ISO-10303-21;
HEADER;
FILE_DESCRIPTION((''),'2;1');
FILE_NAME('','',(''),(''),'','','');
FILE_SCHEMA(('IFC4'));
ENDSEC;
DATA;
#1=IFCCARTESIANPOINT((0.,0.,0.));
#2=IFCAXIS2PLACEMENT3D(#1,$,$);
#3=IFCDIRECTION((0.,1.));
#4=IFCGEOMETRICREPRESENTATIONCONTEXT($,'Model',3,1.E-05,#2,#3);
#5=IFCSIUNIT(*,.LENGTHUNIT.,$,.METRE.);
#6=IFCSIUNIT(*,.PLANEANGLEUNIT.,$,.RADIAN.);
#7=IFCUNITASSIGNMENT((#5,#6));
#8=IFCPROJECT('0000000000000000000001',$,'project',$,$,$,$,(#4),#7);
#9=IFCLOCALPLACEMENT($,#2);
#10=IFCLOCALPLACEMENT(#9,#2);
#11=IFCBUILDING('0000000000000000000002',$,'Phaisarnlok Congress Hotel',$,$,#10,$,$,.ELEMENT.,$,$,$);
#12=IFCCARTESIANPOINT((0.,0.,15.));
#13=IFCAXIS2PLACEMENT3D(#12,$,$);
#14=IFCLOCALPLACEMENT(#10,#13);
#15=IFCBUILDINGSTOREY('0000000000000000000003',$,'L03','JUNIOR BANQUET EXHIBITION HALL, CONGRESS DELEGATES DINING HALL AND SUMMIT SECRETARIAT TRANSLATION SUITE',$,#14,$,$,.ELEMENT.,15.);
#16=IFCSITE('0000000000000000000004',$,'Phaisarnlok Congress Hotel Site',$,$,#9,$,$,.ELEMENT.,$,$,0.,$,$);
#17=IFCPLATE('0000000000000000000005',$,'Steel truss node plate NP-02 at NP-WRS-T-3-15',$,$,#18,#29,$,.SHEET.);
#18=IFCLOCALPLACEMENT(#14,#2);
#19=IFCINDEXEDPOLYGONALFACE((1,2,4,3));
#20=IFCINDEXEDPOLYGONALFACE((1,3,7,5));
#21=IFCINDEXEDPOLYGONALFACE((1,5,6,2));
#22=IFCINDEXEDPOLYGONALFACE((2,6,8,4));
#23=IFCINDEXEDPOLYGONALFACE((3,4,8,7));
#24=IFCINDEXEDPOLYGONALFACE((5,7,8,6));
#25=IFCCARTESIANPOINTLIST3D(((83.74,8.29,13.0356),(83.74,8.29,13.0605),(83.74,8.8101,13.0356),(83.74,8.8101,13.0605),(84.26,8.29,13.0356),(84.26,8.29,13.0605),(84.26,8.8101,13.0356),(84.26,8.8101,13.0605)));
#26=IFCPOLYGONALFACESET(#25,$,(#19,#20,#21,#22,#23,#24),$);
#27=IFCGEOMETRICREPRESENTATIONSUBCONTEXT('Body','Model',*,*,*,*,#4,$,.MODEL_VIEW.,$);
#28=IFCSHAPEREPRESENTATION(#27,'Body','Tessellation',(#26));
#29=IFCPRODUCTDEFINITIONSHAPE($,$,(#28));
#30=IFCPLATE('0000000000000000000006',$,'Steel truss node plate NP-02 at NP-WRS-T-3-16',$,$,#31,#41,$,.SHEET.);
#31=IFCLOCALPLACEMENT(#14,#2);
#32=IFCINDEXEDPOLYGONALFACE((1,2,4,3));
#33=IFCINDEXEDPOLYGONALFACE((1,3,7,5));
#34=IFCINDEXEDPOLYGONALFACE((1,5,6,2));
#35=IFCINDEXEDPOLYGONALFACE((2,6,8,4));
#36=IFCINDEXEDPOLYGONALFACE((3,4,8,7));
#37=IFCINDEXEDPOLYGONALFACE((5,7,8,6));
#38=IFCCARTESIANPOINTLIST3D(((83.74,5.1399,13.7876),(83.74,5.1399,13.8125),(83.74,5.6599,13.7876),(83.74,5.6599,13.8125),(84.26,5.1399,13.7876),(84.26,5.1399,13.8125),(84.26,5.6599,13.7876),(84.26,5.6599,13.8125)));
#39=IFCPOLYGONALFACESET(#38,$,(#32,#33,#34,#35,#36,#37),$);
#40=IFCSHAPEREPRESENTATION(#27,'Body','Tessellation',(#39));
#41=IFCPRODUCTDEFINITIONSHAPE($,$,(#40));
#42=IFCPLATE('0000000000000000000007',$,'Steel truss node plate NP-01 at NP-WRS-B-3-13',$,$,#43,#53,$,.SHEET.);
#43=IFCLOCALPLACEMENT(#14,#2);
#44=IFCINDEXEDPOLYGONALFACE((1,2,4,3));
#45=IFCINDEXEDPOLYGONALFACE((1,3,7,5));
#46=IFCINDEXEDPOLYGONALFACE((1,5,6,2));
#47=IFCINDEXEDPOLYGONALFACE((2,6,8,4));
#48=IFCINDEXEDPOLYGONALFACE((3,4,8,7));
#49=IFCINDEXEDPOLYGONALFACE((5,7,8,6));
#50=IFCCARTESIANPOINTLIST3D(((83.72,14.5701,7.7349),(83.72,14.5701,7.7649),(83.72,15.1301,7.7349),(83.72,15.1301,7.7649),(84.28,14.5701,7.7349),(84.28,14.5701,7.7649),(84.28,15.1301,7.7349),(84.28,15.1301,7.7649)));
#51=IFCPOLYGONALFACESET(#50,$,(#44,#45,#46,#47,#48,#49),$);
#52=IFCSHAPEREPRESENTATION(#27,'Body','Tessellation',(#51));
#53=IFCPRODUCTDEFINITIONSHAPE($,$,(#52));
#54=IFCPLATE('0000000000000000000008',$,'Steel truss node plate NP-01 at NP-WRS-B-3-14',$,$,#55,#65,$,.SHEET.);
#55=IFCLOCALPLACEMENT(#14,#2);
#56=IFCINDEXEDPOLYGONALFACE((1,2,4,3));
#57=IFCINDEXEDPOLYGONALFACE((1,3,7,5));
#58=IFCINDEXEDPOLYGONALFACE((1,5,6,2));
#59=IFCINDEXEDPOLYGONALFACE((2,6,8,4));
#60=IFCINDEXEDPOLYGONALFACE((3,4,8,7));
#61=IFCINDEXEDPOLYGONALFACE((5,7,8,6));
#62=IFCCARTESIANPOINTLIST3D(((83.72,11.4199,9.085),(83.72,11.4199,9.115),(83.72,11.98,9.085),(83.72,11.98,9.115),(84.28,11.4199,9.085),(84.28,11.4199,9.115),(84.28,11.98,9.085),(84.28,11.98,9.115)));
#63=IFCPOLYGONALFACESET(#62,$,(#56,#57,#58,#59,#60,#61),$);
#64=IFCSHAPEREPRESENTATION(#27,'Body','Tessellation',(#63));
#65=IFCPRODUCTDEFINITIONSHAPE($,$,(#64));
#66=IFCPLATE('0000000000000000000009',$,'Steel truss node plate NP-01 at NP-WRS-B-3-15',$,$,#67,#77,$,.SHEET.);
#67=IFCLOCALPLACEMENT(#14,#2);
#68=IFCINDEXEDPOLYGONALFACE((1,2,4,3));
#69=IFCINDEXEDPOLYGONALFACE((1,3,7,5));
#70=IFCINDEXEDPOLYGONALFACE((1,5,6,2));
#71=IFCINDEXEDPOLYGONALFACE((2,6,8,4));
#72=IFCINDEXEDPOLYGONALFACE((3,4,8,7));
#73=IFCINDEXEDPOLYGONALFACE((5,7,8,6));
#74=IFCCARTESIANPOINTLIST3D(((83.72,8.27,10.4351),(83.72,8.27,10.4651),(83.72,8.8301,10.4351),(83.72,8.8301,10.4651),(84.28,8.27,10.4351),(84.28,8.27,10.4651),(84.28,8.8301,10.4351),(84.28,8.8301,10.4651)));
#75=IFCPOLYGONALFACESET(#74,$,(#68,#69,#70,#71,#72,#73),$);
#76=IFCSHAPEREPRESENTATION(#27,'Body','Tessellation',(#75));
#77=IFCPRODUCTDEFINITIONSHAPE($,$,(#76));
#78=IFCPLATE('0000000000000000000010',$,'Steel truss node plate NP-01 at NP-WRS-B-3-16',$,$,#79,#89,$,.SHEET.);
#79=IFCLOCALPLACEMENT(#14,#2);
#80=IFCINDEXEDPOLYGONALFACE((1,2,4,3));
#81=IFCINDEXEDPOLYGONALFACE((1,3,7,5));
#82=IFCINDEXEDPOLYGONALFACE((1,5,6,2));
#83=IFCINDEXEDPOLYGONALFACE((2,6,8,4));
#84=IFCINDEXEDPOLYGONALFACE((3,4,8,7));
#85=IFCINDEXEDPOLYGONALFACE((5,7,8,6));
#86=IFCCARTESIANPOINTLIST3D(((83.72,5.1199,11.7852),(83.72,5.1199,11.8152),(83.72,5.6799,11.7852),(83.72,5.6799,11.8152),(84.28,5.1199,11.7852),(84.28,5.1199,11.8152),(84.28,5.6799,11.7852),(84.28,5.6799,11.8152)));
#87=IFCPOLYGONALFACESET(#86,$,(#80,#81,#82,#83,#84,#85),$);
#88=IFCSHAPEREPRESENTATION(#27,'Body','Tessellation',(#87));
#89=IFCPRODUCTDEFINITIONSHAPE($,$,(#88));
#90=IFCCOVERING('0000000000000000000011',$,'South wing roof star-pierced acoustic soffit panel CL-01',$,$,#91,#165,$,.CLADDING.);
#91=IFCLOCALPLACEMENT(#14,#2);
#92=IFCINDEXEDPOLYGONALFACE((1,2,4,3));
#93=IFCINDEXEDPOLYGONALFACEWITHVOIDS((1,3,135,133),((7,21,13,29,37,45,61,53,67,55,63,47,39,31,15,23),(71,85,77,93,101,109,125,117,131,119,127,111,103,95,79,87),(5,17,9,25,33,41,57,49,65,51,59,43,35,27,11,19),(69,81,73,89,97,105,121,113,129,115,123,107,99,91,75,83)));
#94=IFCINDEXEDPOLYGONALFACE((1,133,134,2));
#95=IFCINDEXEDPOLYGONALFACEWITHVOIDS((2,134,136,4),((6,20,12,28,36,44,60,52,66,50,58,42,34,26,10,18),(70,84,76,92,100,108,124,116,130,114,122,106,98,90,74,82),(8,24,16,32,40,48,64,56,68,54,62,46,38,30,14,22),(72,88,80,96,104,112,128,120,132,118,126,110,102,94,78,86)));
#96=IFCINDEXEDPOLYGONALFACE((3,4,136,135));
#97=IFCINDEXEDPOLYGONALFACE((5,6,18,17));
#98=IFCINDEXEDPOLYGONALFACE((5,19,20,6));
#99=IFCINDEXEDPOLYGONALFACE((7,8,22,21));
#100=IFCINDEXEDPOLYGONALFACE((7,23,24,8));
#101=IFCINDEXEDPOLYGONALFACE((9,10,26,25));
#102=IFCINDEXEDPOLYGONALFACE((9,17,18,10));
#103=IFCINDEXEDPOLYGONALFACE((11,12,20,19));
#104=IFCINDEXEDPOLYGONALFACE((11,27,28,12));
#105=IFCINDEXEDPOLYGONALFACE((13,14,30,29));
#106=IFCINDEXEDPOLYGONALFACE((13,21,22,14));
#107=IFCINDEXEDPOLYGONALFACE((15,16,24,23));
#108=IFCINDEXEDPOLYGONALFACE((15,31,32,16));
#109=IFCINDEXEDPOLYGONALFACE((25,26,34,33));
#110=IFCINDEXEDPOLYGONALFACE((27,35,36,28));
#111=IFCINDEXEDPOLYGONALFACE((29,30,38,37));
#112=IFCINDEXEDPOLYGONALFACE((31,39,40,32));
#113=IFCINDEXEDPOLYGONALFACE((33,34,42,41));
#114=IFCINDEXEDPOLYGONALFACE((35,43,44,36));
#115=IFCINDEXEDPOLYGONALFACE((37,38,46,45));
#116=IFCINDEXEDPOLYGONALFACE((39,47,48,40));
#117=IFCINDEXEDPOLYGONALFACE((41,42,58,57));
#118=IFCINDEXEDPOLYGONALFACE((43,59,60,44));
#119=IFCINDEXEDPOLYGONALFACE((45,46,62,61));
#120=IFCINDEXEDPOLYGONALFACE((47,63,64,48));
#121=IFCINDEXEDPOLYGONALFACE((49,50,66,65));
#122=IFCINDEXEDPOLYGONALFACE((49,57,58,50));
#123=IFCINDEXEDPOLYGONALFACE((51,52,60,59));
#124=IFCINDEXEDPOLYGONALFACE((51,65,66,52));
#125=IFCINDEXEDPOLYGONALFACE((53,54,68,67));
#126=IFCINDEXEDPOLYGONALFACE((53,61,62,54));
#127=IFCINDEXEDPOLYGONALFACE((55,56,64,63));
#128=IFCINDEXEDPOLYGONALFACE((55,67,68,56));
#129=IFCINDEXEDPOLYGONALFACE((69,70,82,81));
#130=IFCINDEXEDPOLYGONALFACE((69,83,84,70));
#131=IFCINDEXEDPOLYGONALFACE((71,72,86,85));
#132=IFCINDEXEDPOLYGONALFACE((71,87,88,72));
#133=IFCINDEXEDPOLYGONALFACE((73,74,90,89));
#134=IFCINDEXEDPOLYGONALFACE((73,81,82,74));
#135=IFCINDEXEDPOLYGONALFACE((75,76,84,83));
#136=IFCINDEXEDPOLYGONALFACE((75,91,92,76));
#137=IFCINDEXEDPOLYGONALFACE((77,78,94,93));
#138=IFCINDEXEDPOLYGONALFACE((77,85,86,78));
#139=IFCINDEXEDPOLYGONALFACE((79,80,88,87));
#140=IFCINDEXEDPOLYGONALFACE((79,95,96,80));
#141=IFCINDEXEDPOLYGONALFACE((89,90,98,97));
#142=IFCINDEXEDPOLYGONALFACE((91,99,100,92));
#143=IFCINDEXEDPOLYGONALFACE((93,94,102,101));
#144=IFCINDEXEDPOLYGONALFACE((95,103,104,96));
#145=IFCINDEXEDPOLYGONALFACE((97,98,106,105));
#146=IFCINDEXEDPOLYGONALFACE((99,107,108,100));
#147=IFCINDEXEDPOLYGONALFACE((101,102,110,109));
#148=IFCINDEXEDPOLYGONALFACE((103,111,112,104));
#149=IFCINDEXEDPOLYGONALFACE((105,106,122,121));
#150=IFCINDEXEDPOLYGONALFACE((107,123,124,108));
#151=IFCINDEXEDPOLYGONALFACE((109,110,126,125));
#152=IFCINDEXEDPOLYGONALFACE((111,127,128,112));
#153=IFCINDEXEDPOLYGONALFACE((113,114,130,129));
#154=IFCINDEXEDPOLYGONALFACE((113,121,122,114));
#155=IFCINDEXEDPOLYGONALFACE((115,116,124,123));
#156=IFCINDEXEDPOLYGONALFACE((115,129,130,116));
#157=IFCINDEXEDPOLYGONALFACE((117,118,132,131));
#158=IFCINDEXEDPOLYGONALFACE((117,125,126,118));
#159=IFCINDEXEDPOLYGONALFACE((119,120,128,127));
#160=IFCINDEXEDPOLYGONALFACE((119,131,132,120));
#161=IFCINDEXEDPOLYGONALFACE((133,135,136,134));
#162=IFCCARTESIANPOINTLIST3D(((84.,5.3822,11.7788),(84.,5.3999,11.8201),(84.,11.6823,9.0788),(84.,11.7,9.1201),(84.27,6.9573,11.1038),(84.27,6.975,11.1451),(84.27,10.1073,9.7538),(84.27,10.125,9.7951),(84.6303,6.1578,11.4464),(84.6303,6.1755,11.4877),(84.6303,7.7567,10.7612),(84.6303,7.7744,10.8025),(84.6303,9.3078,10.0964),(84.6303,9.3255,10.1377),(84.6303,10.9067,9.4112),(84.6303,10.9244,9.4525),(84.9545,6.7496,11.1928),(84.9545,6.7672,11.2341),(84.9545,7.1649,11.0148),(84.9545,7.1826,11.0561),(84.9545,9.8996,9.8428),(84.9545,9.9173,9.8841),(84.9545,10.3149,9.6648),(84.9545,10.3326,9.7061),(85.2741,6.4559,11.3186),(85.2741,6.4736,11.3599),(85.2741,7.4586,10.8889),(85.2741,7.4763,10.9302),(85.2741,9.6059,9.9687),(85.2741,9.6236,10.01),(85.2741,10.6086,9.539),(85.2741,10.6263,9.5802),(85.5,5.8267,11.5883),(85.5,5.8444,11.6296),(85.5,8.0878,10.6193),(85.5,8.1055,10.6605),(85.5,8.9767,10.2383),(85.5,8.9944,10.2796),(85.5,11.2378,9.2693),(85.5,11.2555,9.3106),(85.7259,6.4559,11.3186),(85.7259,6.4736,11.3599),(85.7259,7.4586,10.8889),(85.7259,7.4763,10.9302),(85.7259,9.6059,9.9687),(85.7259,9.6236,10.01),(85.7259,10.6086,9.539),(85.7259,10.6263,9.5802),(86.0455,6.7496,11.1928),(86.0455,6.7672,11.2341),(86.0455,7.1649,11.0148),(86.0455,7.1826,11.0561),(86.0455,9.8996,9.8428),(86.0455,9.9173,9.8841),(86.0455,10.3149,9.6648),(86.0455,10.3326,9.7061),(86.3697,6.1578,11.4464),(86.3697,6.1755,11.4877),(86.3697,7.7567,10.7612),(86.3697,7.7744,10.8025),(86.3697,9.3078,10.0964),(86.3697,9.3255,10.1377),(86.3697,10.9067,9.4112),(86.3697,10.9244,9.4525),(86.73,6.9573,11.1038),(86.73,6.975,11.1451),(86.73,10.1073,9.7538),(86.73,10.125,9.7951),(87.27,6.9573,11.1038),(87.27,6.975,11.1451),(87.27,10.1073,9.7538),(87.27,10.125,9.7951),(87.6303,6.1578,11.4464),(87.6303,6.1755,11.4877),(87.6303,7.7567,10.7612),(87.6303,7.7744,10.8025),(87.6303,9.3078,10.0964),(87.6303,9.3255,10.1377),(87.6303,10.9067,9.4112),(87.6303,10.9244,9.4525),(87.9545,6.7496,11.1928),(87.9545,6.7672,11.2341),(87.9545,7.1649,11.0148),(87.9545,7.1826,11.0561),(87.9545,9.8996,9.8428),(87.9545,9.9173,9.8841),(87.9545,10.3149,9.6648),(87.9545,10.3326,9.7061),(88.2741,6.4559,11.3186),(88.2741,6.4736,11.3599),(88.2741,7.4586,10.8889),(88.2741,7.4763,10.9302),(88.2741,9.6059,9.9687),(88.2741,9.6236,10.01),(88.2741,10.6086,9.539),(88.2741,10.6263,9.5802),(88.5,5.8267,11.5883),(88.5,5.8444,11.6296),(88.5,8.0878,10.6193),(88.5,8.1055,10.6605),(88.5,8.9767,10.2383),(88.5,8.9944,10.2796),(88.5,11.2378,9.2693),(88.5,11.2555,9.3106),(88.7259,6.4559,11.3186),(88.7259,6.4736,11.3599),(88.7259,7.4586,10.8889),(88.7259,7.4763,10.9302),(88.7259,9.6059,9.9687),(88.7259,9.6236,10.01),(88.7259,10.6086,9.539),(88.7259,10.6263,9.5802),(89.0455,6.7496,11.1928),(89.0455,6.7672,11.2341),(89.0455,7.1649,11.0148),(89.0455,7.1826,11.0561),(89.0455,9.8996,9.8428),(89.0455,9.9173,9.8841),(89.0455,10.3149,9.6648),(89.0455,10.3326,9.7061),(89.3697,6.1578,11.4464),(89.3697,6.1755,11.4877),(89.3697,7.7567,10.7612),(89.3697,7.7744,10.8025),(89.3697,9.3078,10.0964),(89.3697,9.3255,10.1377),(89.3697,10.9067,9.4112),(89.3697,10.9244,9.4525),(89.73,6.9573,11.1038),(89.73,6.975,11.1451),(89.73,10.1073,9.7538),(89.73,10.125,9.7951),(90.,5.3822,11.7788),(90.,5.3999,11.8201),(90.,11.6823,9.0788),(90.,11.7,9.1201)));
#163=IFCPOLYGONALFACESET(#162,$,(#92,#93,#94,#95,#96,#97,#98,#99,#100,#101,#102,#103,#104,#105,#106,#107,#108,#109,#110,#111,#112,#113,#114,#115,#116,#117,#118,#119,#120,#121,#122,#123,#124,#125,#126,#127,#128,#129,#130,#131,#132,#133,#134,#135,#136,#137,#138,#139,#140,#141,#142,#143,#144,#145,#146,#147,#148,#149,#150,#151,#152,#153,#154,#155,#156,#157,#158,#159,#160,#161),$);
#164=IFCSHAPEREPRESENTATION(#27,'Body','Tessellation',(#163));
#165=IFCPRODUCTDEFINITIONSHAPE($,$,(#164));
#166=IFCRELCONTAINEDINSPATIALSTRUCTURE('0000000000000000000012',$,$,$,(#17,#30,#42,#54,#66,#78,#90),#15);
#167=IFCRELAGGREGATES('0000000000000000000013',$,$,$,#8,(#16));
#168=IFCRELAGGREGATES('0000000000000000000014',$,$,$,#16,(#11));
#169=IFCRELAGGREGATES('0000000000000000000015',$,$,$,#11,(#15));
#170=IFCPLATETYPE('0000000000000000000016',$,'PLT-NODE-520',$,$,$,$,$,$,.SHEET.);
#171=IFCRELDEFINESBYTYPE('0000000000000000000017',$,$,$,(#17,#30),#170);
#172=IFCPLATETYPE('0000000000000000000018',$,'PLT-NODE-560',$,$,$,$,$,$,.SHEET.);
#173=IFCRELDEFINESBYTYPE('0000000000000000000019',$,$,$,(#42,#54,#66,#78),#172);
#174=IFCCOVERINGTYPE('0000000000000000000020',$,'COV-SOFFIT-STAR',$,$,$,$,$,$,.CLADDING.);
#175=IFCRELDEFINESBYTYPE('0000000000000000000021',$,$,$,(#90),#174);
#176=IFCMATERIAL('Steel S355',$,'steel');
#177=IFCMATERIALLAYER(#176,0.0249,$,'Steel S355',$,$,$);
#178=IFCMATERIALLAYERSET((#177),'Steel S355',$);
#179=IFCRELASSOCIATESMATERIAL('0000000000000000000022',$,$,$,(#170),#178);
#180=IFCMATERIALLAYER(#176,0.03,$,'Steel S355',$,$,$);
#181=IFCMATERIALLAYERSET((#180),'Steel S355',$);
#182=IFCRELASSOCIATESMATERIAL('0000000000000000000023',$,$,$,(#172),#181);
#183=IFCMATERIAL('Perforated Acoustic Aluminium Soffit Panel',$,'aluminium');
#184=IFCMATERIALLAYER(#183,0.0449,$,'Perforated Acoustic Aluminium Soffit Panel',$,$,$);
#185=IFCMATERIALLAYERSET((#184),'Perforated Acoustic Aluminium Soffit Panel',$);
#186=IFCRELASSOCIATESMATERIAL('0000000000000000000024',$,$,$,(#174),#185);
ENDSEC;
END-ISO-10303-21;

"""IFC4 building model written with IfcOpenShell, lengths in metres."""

from ifc_helpers import new_model, si_unit, direction, frame, origin, origin_2d, place, context, subcontext, project, spatial, polyline, rectangle, outline, extrude, material, layer, layer_set, type_object, element, save


model = new_model("IFC4")

# Units and contexts
model_context = context("Model", 3, precision=1e-05, world=origin(), true_north=direction((0.0, 1.0)))
body_context = subcontext(model_context, "Body", "Model", "MODEL_VIEW")
ifc_project = project(units=[si_unit("LENGTHUNIT", "METRE"), si_unit("PLANEANGLEUNIT", "RADIAN")], contexts=[model_context])

# Site, building, storey
site_placement = place(None, origin())
site = spatial("IfcSite", under=ifc_project, at=site_placement, Name="Phaisarnlok Congress Hotel Site", CompositionType="ELEMENT", RefElevation=0.0)
building_placement = place(site_placement, origin())
building = spatial("IfcBuilding", under=site, at=building_placement, Name="Phaisarnlok Congress Hotel", CompositionType="ELEMENT")
storey_placement = place(building_placement, frame((0.0, 0.0, 15.0)))
storey = spatial("IfcBuildingStorey", under=building, at=storey_placement, Name="L03", Description="JUNIOR BANQUET EXHIBITION HALL, CONGRESS DELEGATES DINING HALL AND SUMMIT SECRETARIAT TRANSLATION SUITE", CompositionType="ELEMENT", Elevation=15.0)

# Shared definitions
ifc_material_1 = material(Name="Steel S355", Category="steel")

# Plates
ifc_layer_1 = layer(ifc_material_1, 0.0249, Name="Steel S355")
ifc_layer_set_1 = layer_set([ifc_layer_1], Name="Steel S355")
plate_type_1 = type_object("IfcPlateType", Name="PLT-NODE-520", PredefinedType="SHEET", material=ifc_layer_set_1)
for number, where, z_axis, x_axis, name in (
    (1, (84.0, 8.55, 13.0356), (0.0, 0.0, 1.0), (1.0, 0.0, 0.0), "Steel truss node plate NP-02 at NP-WRS-T-3-15"),
    (2, (84.0, 5.3999, 13.7876), (0.0, 0.0, 1.0), (1.0, 0.0, 0.0), "Steel truss node plate NP-02 at NP-WRS-T-3-16"),
):
    element("IfcPlate", number, at=place(storey_placement, frame(where, z_axis=z_axis, x_axis=x_axis)), inside=storey, type_object=plate_type_1, Name=name, PredefinedType="SHEET", context=body_context, shape_type="SweptSolid", body=[
        extrude(rectangle(XDim=0.52, YDim=0.52, at=origin_2d()), origin(), (0.0, 0.0, 1.0), 0.0249),
    ])
ifc_layer_2 = layer(ifc_material_1, 0.03, Name="Steel S355")
ifc_layer_set_2 = layer_set([ifc_layer_2], Name="Steel S355")
plate_type_2 = type_object("IfcPlateType", Name="PLT-NODE-560", PredefinedType="SHEET", material=ifc_layer_set_2)
for number, where, z_axis, x_axis, name in (
    (3, (84.0, 14.8501, 7.7349), (0.0, 0.0, 1.0), (1.0, 0.0, 0.0), "Steel truss node plate NP-01 at NP-WRS-B-3-13"),
    (4, (84.0, 11.7, 9.085), (0.0, 0.0, 1.0), (1.0, 0.0, 0.0), "Steel truss node plate NP-01 at NP-WRS-B-3-14"),
    (5, (84.0, 8.55, 10.4351), (0.0, 0.0, 1.0), (1.0, 0.0, 0.0), "Steel truss node plate NP-01 at NP-WRS-B-3-15"),
    (6, (84.0, 5.3999, 11.7852), (0.0, 0.0, 1.0), (1.0, 0.0, 0.0), "Steel truss node plate NP-01 at NP-WRS-B-3-16"),
):
    element("IfcPlate", number, at=place(storey_placement, frame(where, z_axis=z_axis, x_axis=x_axis)), inside=storey, type_object=plate_type_2, Name=name, PredefinedType="SHEET", context=body_context, shape_type="SweptSolid", body=[
        extrude(rectangle(XDim=0.5601, YDim=0.5601, at=origin_2d()), origin(), (0.0, 0.0, 1.0), 0.03),
    ])

# Covering
ifc_material_2 = material(Name="Perforated Acoustic Aluminium Soffit Panel", Category="aluminium")
ifc_layer_3 = layer(ifc_material_2, 0.0449, Name="Perforated Acoustic Aluminium Soffit Panel")
ifc_layer_set_3 = layer_set([ifc_layer_3], Name="Perforated Acoustic Aluminium Soffit Panel")
covering_type = type_object("IfcCoveringType", Name="COV-SOFFIT-STAR", PredefinedType="CLADDING", material=ifc_layer_set_3)
covering_placement = place(storey_placement, frame((84.0, 11.7, 9.1201), z_axis=(0.0, -0.393911, -0.919149), x_axis=(1.0, 0.0, 0.0)))
element("IfcCovering", 7, at=covering_placement, inside=storey, type_object=covering_type, Name="South wing roof star-pierced acoustic soffit panel CL-01", PredefinedType="CLADDING", context=body_context, shape_type="SweptSolid", body=[
    extrude(outline(polyline([(0.0, 0.0), (6.0, 0.0), (6.0, 6.8542), (0.0, 6.8542), (0.0, 0.0)]), holes=[polyline([(2.0455, 1.4876), (2.3697, 0.8438), (1.7259, 1.1681), (1.5, 0.4835), (1.2741, 1.1681), (0.6303, 0.8438), (0.9545, 1.4876), (0.27, 1.7135), (0.9545, 1.9395), (0.6303, 2.5833), (1.2741, 2.259), (1.5, 2.9435), (1.7259, 2.259), (2.3697, 2.5833), (2.0455, 1.9395), (2.73, 1.7135), (2.0455, 1.4876)]), polyline([(2.0455, 4.9147), (2.3697, 4.2709), (1.7259, 4.5952), (1.5, 3.9106), (1.2741, 4.5952), (0.6303, 4.2709), (0.9545, 4.9147), (0.27, 5.1406), (0.9545, 5.3666), (0.6303, 6.0104), (1.2741, 5.6861), (1.5, 6.3706), (1.7259, 5.6861), (2.3697, 6.0104), (2.0455, 5.3666), (2.73, 5.1406), (2.0455, 4.9147)]), polyline([(5.0455, 1.4876), (5.3697, 0.8438), (4.7259, 1.1681), (4.5, 0.4835), (4.2741, 1.1681), (3.6303, 0.8438), (3.9545, 1.4876), (3.27, 1.7135), (3.9545, 1.9395), (3.6303, 2.5833), (4.2741, 2.259), (4.5, 2.9435), (4.7259, 2.259), (5.3697, 2.5833), (5.0455, 1.9395), (5.73, 1.7135), (5.0455, 1.4876)]), polyline([(5.0455, 4.9147), (5.3697, 4.2709), (4.7259, 4.5952), (4.5, 3.9106), (4.2741, 4.5952), (3.6303, 4.2709), (3.9545, 4.9147), (3.27, 5.1406), (3.9545, 5.3666), (3.6303, 6.0104), (4.2741, 5.6861), (4.5, 6.3706), (4.7259, 5.6861), (5.3697, 6.0104), (5.0455, 5.3666), (5.73, 5.1406), (5.0455, 4.9147)])]), origin(), (0.0, 0.0, 1.0), 0.0449),
])

save(model, "model.ifc")
